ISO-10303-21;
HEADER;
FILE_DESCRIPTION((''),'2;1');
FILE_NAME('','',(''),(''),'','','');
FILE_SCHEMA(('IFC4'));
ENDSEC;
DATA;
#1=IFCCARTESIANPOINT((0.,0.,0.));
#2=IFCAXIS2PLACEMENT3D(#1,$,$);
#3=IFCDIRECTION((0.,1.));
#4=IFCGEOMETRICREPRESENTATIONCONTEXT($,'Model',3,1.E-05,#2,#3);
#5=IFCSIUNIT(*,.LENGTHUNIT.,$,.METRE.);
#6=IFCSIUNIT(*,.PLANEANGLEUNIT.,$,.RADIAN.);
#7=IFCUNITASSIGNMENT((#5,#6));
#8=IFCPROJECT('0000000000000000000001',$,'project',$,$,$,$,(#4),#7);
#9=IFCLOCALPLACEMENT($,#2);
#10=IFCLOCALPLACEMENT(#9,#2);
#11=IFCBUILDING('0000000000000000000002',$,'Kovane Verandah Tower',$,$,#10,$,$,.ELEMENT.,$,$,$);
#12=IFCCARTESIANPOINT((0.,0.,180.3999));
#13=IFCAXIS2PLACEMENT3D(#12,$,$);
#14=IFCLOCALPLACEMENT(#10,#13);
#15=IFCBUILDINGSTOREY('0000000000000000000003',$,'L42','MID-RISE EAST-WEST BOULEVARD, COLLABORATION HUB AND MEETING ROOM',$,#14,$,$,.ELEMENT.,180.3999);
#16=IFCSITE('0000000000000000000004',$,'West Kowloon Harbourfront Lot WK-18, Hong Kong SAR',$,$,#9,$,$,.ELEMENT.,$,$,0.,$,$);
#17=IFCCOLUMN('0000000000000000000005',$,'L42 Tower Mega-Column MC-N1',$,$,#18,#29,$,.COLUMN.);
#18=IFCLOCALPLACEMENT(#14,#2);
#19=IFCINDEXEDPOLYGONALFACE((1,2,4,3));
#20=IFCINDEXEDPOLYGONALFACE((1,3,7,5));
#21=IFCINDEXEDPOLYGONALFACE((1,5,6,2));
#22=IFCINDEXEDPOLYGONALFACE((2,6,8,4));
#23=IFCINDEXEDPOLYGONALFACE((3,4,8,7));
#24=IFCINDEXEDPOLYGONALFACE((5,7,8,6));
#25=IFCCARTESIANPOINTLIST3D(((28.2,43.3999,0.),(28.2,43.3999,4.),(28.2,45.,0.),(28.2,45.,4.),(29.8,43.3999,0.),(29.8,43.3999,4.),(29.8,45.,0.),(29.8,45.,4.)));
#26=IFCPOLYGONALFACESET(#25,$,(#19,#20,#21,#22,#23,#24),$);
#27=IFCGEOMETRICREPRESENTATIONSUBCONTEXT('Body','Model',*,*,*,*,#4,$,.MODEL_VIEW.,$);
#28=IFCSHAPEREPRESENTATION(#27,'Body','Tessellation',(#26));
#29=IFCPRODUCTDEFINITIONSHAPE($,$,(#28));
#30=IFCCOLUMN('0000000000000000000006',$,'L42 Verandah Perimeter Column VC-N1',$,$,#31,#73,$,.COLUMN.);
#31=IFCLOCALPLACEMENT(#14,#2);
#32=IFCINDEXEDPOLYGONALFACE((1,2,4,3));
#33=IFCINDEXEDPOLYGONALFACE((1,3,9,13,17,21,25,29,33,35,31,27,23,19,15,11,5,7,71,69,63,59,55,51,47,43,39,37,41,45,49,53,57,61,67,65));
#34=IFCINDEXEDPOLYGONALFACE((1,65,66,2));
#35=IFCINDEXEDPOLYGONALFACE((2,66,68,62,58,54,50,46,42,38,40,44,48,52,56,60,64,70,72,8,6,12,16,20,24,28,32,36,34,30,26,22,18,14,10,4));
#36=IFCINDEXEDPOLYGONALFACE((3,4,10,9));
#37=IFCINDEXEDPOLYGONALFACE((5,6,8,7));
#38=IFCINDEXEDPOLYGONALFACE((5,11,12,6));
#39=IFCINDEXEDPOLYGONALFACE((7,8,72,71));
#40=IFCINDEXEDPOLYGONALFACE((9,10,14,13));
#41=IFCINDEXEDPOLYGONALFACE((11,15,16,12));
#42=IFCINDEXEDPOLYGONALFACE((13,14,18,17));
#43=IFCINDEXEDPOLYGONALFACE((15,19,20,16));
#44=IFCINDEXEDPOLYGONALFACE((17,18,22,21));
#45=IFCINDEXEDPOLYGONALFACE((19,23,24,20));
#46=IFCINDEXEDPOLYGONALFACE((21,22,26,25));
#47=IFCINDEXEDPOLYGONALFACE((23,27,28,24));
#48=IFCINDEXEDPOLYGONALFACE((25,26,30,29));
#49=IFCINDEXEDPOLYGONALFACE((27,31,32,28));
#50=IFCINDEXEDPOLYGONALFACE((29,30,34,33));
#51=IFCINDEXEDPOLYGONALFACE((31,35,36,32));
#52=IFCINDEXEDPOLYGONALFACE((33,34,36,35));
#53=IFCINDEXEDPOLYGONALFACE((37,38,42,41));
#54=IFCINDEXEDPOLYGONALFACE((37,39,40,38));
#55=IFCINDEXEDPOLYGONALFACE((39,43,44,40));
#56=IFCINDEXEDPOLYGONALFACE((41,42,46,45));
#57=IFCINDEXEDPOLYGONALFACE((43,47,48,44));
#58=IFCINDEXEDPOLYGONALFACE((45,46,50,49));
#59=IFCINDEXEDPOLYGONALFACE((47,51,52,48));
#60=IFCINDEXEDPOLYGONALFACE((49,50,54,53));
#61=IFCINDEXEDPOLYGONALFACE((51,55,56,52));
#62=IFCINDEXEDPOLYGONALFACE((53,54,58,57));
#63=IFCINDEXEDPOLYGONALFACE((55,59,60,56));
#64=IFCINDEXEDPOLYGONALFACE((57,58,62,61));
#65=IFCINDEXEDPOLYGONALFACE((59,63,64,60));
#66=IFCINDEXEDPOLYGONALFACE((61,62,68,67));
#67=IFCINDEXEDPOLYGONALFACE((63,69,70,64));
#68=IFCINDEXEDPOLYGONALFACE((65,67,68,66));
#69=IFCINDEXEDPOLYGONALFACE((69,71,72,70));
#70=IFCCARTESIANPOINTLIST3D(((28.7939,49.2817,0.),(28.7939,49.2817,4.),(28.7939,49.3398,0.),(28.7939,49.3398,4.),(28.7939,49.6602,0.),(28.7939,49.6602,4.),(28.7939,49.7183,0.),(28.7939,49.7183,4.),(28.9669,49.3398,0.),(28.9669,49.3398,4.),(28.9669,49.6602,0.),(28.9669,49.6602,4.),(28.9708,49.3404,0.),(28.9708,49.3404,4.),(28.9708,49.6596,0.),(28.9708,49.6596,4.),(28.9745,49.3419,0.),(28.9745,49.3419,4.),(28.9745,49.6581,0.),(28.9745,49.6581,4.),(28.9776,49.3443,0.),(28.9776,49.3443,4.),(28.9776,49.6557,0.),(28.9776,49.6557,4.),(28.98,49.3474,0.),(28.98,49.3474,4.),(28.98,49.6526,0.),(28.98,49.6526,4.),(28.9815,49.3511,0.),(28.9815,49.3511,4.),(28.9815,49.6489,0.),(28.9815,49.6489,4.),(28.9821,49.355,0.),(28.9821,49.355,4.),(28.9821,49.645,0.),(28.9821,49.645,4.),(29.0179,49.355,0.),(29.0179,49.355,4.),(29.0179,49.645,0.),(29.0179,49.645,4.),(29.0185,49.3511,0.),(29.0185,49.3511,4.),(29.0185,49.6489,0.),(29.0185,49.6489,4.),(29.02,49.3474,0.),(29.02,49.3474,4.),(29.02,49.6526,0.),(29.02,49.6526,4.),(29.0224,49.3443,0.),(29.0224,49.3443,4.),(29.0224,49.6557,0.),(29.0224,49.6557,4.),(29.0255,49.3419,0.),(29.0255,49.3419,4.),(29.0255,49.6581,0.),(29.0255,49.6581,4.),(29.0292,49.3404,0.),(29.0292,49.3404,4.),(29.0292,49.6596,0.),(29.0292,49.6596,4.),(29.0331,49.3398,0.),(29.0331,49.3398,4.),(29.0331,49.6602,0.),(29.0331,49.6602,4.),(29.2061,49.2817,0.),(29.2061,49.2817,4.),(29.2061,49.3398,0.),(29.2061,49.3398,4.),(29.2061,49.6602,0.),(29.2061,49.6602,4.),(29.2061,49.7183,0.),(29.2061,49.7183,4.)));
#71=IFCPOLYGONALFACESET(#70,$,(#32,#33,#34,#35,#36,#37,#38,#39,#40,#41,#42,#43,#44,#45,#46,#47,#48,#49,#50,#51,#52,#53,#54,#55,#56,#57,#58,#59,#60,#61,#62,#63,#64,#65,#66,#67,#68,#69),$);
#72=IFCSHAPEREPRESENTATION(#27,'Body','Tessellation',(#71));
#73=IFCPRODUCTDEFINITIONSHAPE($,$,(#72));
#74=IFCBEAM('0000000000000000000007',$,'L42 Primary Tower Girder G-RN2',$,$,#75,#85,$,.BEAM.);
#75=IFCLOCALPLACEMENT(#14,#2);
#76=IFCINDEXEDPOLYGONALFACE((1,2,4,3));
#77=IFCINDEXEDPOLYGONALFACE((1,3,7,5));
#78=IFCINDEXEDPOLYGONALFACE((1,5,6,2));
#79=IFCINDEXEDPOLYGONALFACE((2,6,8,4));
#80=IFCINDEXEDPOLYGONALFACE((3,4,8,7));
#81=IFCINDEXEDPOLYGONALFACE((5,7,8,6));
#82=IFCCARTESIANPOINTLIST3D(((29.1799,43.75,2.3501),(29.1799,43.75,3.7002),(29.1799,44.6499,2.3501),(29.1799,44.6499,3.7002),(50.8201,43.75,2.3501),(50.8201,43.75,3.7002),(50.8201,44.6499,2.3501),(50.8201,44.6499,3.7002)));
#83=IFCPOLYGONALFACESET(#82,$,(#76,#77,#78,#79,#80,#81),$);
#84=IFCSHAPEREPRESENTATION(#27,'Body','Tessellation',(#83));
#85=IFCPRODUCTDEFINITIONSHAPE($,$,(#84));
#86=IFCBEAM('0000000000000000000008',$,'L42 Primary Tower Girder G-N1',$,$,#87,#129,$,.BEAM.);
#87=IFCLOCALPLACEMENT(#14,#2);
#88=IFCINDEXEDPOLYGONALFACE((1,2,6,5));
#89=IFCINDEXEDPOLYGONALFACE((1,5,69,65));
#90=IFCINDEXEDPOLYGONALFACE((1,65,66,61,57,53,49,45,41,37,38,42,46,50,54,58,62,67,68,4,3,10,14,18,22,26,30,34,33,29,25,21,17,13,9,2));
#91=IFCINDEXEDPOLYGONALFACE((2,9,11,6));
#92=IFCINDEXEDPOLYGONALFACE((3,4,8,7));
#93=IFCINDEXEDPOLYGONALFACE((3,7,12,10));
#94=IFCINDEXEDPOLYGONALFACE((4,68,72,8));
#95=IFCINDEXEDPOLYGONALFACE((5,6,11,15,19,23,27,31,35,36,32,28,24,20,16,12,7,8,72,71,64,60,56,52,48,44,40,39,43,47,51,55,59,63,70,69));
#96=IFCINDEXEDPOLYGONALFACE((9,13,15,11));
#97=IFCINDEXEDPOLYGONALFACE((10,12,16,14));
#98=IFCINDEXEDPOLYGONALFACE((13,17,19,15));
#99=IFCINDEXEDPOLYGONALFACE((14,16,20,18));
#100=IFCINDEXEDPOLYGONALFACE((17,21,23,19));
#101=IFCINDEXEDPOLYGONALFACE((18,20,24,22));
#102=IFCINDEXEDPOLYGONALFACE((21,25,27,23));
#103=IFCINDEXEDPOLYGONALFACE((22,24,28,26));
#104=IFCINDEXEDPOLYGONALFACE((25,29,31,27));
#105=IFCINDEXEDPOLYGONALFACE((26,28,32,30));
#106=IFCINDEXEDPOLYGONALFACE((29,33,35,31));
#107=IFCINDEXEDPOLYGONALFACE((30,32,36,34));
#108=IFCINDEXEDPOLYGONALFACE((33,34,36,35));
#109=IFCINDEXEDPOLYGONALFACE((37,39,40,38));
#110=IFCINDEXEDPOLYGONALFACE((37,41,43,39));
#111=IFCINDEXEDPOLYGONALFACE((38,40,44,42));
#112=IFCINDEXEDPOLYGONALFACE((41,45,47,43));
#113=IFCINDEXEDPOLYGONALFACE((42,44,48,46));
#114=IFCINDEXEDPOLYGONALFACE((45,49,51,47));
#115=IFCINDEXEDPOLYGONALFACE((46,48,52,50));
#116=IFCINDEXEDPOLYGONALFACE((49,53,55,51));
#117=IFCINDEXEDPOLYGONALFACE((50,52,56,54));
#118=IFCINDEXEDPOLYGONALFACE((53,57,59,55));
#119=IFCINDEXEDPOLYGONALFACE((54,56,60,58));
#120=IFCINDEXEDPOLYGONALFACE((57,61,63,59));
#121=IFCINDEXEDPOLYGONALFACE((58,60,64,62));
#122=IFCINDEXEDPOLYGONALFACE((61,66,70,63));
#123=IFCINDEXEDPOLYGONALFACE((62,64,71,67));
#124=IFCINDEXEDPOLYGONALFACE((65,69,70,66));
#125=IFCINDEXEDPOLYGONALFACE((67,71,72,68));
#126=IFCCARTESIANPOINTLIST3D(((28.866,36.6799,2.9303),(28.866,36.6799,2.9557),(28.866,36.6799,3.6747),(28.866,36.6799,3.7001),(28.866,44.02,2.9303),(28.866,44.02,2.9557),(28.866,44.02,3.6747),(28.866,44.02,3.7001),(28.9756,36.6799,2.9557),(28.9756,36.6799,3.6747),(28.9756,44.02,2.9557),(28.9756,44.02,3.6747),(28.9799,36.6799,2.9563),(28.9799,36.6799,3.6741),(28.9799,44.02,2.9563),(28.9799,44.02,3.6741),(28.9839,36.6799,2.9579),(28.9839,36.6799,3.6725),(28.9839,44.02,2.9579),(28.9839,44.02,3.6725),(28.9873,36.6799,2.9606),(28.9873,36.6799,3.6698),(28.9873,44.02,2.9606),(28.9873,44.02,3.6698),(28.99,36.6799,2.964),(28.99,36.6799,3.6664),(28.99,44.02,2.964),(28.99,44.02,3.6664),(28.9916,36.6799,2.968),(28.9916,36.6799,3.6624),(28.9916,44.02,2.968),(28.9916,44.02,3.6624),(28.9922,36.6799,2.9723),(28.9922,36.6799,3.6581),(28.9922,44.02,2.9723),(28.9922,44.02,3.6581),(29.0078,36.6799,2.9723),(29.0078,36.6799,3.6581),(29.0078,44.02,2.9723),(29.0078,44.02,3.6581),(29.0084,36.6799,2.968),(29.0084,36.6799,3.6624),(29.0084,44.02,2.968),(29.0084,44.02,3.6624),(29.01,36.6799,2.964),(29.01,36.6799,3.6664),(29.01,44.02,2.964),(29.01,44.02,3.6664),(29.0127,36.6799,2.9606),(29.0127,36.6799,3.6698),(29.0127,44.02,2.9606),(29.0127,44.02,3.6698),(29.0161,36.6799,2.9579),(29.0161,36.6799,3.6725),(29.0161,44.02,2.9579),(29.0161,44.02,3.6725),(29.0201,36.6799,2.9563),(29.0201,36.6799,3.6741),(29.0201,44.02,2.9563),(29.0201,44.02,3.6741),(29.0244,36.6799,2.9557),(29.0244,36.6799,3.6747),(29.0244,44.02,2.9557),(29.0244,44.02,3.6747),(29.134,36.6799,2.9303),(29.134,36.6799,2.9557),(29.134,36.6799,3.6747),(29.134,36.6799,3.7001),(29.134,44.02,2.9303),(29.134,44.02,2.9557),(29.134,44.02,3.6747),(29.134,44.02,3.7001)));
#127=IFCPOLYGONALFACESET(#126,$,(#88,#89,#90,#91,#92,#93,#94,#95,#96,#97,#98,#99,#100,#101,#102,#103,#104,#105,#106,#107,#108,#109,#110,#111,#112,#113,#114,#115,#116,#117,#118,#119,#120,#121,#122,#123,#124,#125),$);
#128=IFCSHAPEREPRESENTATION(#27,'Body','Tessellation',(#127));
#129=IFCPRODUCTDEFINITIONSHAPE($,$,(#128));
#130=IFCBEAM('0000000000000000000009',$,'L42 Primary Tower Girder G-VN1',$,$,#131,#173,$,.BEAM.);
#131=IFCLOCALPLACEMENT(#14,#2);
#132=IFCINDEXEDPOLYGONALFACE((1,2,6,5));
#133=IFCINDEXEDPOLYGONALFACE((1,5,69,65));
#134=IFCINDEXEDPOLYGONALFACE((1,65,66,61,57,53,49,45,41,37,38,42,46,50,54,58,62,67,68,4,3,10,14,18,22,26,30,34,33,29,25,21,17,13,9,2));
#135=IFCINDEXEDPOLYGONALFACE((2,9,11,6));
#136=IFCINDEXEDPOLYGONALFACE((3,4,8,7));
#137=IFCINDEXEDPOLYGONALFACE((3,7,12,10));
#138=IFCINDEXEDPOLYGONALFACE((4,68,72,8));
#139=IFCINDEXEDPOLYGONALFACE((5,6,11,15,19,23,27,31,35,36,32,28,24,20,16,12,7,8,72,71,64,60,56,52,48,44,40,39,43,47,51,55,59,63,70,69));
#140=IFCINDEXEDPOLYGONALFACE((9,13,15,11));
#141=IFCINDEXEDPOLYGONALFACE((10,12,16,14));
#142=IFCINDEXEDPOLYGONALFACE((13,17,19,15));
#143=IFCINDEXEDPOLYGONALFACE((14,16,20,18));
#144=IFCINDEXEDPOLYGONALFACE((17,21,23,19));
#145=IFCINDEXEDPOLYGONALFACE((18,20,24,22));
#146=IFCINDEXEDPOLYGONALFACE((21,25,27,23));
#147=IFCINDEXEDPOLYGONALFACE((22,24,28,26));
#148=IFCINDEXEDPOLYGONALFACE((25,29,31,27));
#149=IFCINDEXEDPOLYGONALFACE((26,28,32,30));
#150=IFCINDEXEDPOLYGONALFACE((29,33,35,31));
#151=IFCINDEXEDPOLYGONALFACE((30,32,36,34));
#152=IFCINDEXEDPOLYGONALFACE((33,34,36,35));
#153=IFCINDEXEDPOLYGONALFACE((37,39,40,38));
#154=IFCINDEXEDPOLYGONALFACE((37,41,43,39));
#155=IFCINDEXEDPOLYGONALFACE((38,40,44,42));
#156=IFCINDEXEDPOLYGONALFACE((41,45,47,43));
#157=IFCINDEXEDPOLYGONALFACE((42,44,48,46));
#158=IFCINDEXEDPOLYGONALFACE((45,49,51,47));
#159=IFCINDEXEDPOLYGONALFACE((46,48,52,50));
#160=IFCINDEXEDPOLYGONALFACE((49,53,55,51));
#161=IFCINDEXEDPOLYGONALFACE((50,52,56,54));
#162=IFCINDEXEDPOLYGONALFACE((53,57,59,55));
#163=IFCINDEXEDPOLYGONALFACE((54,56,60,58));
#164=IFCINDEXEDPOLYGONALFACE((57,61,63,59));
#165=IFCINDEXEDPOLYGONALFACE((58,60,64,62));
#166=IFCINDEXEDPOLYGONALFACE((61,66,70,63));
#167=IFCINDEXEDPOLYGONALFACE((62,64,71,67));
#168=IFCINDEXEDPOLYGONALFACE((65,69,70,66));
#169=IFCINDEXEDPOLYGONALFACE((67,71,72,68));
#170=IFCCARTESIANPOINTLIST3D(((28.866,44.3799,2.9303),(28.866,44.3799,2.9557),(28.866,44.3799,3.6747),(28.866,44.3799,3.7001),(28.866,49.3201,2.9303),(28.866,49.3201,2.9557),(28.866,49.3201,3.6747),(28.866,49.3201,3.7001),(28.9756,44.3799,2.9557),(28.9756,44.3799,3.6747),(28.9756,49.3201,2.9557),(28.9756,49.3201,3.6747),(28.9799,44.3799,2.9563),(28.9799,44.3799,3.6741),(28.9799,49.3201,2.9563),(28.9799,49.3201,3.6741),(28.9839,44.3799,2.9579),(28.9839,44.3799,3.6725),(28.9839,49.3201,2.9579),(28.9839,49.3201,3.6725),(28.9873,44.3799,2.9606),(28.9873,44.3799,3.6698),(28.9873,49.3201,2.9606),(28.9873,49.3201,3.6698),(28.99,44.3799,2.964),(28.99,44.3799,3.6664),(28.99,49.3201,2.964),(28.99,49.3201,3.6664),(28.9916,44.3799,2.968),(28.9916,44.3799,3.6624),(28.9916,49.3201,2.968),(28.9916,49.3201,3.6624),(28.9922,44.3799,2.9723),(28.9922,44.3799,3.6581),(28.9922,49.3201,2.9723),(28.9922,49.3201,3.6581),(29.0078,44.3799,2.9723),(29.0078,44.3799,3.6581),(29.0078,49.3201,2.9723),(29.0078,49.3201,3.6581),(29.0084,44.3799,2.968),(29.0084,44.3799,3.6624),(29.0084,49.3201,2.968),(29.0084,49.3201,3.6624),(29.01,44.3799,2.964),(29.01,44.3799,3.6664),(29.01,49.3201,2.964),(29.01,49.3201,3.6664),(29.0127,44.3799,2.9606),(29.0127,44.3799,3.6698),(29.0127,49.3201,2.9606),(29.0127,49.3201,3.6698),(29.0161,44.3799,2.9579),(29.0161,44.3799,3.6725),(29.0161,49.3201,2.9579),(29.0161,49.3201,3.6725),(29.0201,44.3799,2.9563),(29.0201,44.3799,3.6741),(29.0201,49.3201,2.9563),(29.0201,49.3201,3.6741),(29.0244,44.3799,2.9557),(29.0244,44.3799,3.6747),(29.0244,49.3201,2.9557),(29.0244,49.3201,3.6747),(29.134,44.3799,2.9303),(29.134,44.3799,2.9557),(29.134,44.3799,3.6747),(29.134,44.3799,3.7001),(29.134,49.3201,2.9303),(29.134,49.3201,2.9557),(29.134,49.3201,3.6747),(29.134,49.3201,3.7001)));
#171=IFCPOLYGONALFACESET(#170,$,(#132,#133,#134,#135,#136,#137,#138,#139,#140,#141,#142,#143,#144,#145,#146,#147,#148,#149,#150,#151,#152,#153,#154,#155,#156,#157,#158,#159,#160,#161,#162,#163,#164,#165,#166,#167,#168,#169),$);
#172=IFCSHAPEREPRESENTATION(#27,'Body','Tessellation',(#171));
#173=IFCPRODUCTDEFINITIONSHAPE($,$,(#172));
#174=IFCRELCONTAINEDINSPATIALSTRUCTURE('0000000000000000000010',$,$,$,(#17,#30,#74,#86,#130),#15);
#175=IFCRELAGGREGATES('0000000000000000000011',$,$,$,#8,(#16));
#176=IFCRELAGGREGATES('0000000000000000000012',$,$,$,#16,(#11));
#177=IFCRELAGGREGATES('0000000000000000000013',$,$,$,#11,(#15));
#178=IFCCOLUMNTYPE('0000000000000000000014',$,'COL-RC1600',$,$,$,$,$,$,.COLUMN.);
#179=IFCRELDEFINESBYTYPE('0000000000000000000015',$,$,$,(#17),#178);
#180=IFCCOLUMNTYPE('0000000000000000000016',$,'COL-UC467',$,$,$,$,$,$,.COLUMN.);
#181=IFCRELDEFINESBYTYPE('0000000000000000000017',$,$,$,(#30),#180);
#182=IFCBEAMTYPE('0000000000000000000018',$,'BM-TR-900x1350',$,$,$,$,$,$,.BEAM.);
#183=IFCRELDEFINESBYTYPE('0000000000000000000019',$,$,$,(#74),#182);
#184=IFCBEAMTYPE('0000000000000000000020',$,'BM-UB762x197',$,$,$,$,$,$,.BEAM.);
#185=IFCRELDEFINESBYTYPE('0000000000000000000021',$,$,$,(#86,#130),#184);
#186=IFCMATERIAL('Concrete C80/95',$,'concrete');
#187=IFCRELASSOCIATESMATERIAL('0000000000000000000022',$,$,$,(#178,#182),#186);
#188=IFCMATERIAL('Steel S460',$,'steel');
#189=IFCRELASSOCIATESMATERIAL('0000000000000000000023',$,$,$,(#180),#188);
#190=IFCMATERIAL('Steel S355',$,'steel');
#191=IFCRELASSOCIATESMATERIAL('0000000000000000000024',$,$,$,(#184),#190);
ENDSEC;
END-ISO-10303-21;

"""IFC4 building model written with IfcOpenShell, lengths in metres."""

from ifc_helpers import new_model, si_unit, direction, frame, origin, origin_2d, place, context, subcontext, project, spatial, rectangle, i_section, extrude, material, material_profile, profile_set, type_object, element, save


model = new_model("IFC4")

# Units and contexts
model_context = context("Model", 3, precision=1e-05, world=origin(), true_north=direction((0.0, 1.0)))
body_context = subcontext(model_context, "Body", "Model", "MODEL_VIEW")
ifc_project = project(units=[si_unit("LENGTHUNIT", "METRE"), si_unit("PLANEANGLEUNIT", "RADIAN")], contexts=[model_context])

# Site, building, storey
site_placement = place(None, origin())
site = spatial("IfcSite", under=ifc_project, at=site_placement, Name="West Kowloon Harbourfront Lot WK-18, Hong Kong SAR", CompositionType="ELEMENT", RefElevation=0.0)
building_placement = place(site_placement, origin())
building = spatial("IfcBuilding", under=site, at=building_placement, Name="Kovane Verandah Tower", CompositionType="ELEMENT")
storey_placement = place(building_placement, frame((0.0, 0.0, 180.3999)))
storey = spatial("IfcBuildingStorey", under=building, at=storey_placement, Name="L42", Description="MID-RISE EAST-WEST BOULEVARD, COLLABORATION HUB AND MEETING ROOM", CompositionType="ELEMENT", Elevation=180.3999)

# Columns
ifc_material_1 = material(Name="Concrete C80/95", Category="concrete")
ifc_material_profile_1 = material_profile(ifc_material_1, rectangle(XDim=1.6001, YDim=1.6001, at=origin_2d()), Name="RC1600x1600")
ifc_profile_set_1 = profile_set([ifc_material_profile_1], Name="Concrete C80/95")
column_type_1 = type_object("IfcColumnType", Name="COL-RC1600", PredefinedType="COLUMN", material=ifc_profile_set_1)
column_1_placement = place(storey_placement, frame((29.0, 44.2, 0.0), z_axis=(0.0, 0.0, 1.0), x_axis=(1.0, 0.0, 0.0)))
element("IfcColumn", 1, at=column_1_placement, inside=storey, type_object=column_type_1, Name="L42 Tower Mega-Column MC-N1", PredefinedType="COLUMN", context=body_context, shape_type="SweptSolid", body=[
    extrude(rectangle(XDim=1.6001, YDim=1.6001, at=origin_2d()), origin(), (0.0, 0.0, 1.0), 4.0),
])
ifc_material_2 = material(Name="Steel S460", Category="steel")
ifc_material_profile_2 = material_profile(ifc_material_2, i_section(OverallWidth=0.4121, OverallDepth=0.4365, WebThickness=0.0359, FlangeThickness=0.0581, FilletRadius=0.0151, at=origin_2d()), Name="UC356x406x467")
ifc_profile_set_2 = profile_set([ifc_material_profile_2], Name="Steel S460")
column_type_2 = type_object("IfcColumnType", Name="COL-UC467", PredefinedType="COLUMN", material=ifc_profile_set_2)
column_2_placement = place(storey_placement, frame((29.0, 49.5, 0.0), z_axis=(0.0, 0.0, 1.0), x_axis=(1.0, 0.0, 0.0)))
element("IfcColumn", 2, at=column_2_placement, inside=storey, type_object=column_type_2, Name="L42 Verandah Perimeter Column VC-N1", PredefinedType="COLUMN", context=body_context, shape_type="SweptSolid", body=[
    extrude(i_section(OverallWidth=0.4121, OverallDepth=0.4365, WebThickness=0.0359, FlangeThickness=0.0581, FilletRadius=0.0151, at=origin_2d()), origin(), (0.0, 0.0, 1.0), 4.0),
])

# Beams
ifc_material_profile_3 = material_profile(ifc_material_1, rectangle(XDim=0.8999, YDim=1.3501, at=origin_2d()), Name="RCB900x1350")
ifc_profile_set_3 = profile_set([ifc_material_profile_3], Name="Concrete C80/95")
beam_type_1 = type_object("IfcBeamType", Name="BM-TR-900x1350", PredefinedType="BEAM", material=ifc_profile_set_3)
beam_1_placement = place(storey_placement, frame((29.1799, 44.2, 3.0251), z_axis=(1.0, 0.0, 0.0), x_axis=(0.0, 1.0, 0.0)))
element("IfcBeam", 3, at=beam_1_placement, inside=storey, type_object=beam_type_1, Name="L42 Primary Tower Girder G-RN2", PredefinedType="BEAM", context=body_context, shape_type="SweptSolid", body=[
    extrude(rectangle(XDim=0.8999, YDim=1.3501, at=origin_2d()), origin(), (0.0, 0.0, 1.0), 21.6401),
])
ifc_material_3 = material(Name="Steel S355", Category="steel")
ifc_material_profile_4 = material_profile(ifc_material_3, i_section(OverallWidth=0.2681, OverallDepth=0.7698, WebThickness=0.0156, FlangeThickness=0.0254, FilletRadius=0.0166, at=origin_2d()), Name="UB762x267x197")
ifc_profile_set_4 = profile_set([ifc_material_profile_4], Name="Steel S355")
beam_type_2 = type_object("IfcBeamType", Name="BM-UB762x197", PredefinedType="BEAM", material=ifc_profile_set_4)
beam_2_placement = place(storey_placement, frame((29.0, 36.6799, 3.3152), z_axis=(0.0, 1.0, 0.0), x_axis=(-1.0, 0.0, 0.0)))
element("IfcBeam", 4, at=beam_2_placement, inside=storey, type_object=beam_type_2, Name="L42 Primary Tower Girder G-N1", PredefinedType="BEAM", context=body_context, shape_type="SweptSolid", body=[
    extrude(i_section(OverallWidth=0.2681, OverallDepth=0.7698, WebThickness=0.0156, FlangeThickness=0.0254, FilletRadius=0.0166, at=origin_2d()), origin(), (0.0, 0.0, 1.0), 7.3401),
])
beam_3_placement = place(storey_placement, frame((29.0, 44.3799, 3.3152), z_axis=(0.0, 1.0, 0.0), x_axis=(-1.0, 0.0, 0.0)))
element("IfcBeam", 5, at=beam_3_placement, inside=storey, type_object=beam_type_2, Name="L42 Primary Tower Girder G-VN1", PredefinedType="BEAM", context=body_context, shape_type="SweptSolid", body=[
    extrude(i_section(OverallWidth=0.2681, OverallDepth=0.7698, WebThickness=0.0156, FlangeThickness=0.0254, FilletRadius=0.0166, at=origin_2d()), origin(), (0.0, 0.0, 1.0), 4.9402),
])

save(model, "model.ifc")
